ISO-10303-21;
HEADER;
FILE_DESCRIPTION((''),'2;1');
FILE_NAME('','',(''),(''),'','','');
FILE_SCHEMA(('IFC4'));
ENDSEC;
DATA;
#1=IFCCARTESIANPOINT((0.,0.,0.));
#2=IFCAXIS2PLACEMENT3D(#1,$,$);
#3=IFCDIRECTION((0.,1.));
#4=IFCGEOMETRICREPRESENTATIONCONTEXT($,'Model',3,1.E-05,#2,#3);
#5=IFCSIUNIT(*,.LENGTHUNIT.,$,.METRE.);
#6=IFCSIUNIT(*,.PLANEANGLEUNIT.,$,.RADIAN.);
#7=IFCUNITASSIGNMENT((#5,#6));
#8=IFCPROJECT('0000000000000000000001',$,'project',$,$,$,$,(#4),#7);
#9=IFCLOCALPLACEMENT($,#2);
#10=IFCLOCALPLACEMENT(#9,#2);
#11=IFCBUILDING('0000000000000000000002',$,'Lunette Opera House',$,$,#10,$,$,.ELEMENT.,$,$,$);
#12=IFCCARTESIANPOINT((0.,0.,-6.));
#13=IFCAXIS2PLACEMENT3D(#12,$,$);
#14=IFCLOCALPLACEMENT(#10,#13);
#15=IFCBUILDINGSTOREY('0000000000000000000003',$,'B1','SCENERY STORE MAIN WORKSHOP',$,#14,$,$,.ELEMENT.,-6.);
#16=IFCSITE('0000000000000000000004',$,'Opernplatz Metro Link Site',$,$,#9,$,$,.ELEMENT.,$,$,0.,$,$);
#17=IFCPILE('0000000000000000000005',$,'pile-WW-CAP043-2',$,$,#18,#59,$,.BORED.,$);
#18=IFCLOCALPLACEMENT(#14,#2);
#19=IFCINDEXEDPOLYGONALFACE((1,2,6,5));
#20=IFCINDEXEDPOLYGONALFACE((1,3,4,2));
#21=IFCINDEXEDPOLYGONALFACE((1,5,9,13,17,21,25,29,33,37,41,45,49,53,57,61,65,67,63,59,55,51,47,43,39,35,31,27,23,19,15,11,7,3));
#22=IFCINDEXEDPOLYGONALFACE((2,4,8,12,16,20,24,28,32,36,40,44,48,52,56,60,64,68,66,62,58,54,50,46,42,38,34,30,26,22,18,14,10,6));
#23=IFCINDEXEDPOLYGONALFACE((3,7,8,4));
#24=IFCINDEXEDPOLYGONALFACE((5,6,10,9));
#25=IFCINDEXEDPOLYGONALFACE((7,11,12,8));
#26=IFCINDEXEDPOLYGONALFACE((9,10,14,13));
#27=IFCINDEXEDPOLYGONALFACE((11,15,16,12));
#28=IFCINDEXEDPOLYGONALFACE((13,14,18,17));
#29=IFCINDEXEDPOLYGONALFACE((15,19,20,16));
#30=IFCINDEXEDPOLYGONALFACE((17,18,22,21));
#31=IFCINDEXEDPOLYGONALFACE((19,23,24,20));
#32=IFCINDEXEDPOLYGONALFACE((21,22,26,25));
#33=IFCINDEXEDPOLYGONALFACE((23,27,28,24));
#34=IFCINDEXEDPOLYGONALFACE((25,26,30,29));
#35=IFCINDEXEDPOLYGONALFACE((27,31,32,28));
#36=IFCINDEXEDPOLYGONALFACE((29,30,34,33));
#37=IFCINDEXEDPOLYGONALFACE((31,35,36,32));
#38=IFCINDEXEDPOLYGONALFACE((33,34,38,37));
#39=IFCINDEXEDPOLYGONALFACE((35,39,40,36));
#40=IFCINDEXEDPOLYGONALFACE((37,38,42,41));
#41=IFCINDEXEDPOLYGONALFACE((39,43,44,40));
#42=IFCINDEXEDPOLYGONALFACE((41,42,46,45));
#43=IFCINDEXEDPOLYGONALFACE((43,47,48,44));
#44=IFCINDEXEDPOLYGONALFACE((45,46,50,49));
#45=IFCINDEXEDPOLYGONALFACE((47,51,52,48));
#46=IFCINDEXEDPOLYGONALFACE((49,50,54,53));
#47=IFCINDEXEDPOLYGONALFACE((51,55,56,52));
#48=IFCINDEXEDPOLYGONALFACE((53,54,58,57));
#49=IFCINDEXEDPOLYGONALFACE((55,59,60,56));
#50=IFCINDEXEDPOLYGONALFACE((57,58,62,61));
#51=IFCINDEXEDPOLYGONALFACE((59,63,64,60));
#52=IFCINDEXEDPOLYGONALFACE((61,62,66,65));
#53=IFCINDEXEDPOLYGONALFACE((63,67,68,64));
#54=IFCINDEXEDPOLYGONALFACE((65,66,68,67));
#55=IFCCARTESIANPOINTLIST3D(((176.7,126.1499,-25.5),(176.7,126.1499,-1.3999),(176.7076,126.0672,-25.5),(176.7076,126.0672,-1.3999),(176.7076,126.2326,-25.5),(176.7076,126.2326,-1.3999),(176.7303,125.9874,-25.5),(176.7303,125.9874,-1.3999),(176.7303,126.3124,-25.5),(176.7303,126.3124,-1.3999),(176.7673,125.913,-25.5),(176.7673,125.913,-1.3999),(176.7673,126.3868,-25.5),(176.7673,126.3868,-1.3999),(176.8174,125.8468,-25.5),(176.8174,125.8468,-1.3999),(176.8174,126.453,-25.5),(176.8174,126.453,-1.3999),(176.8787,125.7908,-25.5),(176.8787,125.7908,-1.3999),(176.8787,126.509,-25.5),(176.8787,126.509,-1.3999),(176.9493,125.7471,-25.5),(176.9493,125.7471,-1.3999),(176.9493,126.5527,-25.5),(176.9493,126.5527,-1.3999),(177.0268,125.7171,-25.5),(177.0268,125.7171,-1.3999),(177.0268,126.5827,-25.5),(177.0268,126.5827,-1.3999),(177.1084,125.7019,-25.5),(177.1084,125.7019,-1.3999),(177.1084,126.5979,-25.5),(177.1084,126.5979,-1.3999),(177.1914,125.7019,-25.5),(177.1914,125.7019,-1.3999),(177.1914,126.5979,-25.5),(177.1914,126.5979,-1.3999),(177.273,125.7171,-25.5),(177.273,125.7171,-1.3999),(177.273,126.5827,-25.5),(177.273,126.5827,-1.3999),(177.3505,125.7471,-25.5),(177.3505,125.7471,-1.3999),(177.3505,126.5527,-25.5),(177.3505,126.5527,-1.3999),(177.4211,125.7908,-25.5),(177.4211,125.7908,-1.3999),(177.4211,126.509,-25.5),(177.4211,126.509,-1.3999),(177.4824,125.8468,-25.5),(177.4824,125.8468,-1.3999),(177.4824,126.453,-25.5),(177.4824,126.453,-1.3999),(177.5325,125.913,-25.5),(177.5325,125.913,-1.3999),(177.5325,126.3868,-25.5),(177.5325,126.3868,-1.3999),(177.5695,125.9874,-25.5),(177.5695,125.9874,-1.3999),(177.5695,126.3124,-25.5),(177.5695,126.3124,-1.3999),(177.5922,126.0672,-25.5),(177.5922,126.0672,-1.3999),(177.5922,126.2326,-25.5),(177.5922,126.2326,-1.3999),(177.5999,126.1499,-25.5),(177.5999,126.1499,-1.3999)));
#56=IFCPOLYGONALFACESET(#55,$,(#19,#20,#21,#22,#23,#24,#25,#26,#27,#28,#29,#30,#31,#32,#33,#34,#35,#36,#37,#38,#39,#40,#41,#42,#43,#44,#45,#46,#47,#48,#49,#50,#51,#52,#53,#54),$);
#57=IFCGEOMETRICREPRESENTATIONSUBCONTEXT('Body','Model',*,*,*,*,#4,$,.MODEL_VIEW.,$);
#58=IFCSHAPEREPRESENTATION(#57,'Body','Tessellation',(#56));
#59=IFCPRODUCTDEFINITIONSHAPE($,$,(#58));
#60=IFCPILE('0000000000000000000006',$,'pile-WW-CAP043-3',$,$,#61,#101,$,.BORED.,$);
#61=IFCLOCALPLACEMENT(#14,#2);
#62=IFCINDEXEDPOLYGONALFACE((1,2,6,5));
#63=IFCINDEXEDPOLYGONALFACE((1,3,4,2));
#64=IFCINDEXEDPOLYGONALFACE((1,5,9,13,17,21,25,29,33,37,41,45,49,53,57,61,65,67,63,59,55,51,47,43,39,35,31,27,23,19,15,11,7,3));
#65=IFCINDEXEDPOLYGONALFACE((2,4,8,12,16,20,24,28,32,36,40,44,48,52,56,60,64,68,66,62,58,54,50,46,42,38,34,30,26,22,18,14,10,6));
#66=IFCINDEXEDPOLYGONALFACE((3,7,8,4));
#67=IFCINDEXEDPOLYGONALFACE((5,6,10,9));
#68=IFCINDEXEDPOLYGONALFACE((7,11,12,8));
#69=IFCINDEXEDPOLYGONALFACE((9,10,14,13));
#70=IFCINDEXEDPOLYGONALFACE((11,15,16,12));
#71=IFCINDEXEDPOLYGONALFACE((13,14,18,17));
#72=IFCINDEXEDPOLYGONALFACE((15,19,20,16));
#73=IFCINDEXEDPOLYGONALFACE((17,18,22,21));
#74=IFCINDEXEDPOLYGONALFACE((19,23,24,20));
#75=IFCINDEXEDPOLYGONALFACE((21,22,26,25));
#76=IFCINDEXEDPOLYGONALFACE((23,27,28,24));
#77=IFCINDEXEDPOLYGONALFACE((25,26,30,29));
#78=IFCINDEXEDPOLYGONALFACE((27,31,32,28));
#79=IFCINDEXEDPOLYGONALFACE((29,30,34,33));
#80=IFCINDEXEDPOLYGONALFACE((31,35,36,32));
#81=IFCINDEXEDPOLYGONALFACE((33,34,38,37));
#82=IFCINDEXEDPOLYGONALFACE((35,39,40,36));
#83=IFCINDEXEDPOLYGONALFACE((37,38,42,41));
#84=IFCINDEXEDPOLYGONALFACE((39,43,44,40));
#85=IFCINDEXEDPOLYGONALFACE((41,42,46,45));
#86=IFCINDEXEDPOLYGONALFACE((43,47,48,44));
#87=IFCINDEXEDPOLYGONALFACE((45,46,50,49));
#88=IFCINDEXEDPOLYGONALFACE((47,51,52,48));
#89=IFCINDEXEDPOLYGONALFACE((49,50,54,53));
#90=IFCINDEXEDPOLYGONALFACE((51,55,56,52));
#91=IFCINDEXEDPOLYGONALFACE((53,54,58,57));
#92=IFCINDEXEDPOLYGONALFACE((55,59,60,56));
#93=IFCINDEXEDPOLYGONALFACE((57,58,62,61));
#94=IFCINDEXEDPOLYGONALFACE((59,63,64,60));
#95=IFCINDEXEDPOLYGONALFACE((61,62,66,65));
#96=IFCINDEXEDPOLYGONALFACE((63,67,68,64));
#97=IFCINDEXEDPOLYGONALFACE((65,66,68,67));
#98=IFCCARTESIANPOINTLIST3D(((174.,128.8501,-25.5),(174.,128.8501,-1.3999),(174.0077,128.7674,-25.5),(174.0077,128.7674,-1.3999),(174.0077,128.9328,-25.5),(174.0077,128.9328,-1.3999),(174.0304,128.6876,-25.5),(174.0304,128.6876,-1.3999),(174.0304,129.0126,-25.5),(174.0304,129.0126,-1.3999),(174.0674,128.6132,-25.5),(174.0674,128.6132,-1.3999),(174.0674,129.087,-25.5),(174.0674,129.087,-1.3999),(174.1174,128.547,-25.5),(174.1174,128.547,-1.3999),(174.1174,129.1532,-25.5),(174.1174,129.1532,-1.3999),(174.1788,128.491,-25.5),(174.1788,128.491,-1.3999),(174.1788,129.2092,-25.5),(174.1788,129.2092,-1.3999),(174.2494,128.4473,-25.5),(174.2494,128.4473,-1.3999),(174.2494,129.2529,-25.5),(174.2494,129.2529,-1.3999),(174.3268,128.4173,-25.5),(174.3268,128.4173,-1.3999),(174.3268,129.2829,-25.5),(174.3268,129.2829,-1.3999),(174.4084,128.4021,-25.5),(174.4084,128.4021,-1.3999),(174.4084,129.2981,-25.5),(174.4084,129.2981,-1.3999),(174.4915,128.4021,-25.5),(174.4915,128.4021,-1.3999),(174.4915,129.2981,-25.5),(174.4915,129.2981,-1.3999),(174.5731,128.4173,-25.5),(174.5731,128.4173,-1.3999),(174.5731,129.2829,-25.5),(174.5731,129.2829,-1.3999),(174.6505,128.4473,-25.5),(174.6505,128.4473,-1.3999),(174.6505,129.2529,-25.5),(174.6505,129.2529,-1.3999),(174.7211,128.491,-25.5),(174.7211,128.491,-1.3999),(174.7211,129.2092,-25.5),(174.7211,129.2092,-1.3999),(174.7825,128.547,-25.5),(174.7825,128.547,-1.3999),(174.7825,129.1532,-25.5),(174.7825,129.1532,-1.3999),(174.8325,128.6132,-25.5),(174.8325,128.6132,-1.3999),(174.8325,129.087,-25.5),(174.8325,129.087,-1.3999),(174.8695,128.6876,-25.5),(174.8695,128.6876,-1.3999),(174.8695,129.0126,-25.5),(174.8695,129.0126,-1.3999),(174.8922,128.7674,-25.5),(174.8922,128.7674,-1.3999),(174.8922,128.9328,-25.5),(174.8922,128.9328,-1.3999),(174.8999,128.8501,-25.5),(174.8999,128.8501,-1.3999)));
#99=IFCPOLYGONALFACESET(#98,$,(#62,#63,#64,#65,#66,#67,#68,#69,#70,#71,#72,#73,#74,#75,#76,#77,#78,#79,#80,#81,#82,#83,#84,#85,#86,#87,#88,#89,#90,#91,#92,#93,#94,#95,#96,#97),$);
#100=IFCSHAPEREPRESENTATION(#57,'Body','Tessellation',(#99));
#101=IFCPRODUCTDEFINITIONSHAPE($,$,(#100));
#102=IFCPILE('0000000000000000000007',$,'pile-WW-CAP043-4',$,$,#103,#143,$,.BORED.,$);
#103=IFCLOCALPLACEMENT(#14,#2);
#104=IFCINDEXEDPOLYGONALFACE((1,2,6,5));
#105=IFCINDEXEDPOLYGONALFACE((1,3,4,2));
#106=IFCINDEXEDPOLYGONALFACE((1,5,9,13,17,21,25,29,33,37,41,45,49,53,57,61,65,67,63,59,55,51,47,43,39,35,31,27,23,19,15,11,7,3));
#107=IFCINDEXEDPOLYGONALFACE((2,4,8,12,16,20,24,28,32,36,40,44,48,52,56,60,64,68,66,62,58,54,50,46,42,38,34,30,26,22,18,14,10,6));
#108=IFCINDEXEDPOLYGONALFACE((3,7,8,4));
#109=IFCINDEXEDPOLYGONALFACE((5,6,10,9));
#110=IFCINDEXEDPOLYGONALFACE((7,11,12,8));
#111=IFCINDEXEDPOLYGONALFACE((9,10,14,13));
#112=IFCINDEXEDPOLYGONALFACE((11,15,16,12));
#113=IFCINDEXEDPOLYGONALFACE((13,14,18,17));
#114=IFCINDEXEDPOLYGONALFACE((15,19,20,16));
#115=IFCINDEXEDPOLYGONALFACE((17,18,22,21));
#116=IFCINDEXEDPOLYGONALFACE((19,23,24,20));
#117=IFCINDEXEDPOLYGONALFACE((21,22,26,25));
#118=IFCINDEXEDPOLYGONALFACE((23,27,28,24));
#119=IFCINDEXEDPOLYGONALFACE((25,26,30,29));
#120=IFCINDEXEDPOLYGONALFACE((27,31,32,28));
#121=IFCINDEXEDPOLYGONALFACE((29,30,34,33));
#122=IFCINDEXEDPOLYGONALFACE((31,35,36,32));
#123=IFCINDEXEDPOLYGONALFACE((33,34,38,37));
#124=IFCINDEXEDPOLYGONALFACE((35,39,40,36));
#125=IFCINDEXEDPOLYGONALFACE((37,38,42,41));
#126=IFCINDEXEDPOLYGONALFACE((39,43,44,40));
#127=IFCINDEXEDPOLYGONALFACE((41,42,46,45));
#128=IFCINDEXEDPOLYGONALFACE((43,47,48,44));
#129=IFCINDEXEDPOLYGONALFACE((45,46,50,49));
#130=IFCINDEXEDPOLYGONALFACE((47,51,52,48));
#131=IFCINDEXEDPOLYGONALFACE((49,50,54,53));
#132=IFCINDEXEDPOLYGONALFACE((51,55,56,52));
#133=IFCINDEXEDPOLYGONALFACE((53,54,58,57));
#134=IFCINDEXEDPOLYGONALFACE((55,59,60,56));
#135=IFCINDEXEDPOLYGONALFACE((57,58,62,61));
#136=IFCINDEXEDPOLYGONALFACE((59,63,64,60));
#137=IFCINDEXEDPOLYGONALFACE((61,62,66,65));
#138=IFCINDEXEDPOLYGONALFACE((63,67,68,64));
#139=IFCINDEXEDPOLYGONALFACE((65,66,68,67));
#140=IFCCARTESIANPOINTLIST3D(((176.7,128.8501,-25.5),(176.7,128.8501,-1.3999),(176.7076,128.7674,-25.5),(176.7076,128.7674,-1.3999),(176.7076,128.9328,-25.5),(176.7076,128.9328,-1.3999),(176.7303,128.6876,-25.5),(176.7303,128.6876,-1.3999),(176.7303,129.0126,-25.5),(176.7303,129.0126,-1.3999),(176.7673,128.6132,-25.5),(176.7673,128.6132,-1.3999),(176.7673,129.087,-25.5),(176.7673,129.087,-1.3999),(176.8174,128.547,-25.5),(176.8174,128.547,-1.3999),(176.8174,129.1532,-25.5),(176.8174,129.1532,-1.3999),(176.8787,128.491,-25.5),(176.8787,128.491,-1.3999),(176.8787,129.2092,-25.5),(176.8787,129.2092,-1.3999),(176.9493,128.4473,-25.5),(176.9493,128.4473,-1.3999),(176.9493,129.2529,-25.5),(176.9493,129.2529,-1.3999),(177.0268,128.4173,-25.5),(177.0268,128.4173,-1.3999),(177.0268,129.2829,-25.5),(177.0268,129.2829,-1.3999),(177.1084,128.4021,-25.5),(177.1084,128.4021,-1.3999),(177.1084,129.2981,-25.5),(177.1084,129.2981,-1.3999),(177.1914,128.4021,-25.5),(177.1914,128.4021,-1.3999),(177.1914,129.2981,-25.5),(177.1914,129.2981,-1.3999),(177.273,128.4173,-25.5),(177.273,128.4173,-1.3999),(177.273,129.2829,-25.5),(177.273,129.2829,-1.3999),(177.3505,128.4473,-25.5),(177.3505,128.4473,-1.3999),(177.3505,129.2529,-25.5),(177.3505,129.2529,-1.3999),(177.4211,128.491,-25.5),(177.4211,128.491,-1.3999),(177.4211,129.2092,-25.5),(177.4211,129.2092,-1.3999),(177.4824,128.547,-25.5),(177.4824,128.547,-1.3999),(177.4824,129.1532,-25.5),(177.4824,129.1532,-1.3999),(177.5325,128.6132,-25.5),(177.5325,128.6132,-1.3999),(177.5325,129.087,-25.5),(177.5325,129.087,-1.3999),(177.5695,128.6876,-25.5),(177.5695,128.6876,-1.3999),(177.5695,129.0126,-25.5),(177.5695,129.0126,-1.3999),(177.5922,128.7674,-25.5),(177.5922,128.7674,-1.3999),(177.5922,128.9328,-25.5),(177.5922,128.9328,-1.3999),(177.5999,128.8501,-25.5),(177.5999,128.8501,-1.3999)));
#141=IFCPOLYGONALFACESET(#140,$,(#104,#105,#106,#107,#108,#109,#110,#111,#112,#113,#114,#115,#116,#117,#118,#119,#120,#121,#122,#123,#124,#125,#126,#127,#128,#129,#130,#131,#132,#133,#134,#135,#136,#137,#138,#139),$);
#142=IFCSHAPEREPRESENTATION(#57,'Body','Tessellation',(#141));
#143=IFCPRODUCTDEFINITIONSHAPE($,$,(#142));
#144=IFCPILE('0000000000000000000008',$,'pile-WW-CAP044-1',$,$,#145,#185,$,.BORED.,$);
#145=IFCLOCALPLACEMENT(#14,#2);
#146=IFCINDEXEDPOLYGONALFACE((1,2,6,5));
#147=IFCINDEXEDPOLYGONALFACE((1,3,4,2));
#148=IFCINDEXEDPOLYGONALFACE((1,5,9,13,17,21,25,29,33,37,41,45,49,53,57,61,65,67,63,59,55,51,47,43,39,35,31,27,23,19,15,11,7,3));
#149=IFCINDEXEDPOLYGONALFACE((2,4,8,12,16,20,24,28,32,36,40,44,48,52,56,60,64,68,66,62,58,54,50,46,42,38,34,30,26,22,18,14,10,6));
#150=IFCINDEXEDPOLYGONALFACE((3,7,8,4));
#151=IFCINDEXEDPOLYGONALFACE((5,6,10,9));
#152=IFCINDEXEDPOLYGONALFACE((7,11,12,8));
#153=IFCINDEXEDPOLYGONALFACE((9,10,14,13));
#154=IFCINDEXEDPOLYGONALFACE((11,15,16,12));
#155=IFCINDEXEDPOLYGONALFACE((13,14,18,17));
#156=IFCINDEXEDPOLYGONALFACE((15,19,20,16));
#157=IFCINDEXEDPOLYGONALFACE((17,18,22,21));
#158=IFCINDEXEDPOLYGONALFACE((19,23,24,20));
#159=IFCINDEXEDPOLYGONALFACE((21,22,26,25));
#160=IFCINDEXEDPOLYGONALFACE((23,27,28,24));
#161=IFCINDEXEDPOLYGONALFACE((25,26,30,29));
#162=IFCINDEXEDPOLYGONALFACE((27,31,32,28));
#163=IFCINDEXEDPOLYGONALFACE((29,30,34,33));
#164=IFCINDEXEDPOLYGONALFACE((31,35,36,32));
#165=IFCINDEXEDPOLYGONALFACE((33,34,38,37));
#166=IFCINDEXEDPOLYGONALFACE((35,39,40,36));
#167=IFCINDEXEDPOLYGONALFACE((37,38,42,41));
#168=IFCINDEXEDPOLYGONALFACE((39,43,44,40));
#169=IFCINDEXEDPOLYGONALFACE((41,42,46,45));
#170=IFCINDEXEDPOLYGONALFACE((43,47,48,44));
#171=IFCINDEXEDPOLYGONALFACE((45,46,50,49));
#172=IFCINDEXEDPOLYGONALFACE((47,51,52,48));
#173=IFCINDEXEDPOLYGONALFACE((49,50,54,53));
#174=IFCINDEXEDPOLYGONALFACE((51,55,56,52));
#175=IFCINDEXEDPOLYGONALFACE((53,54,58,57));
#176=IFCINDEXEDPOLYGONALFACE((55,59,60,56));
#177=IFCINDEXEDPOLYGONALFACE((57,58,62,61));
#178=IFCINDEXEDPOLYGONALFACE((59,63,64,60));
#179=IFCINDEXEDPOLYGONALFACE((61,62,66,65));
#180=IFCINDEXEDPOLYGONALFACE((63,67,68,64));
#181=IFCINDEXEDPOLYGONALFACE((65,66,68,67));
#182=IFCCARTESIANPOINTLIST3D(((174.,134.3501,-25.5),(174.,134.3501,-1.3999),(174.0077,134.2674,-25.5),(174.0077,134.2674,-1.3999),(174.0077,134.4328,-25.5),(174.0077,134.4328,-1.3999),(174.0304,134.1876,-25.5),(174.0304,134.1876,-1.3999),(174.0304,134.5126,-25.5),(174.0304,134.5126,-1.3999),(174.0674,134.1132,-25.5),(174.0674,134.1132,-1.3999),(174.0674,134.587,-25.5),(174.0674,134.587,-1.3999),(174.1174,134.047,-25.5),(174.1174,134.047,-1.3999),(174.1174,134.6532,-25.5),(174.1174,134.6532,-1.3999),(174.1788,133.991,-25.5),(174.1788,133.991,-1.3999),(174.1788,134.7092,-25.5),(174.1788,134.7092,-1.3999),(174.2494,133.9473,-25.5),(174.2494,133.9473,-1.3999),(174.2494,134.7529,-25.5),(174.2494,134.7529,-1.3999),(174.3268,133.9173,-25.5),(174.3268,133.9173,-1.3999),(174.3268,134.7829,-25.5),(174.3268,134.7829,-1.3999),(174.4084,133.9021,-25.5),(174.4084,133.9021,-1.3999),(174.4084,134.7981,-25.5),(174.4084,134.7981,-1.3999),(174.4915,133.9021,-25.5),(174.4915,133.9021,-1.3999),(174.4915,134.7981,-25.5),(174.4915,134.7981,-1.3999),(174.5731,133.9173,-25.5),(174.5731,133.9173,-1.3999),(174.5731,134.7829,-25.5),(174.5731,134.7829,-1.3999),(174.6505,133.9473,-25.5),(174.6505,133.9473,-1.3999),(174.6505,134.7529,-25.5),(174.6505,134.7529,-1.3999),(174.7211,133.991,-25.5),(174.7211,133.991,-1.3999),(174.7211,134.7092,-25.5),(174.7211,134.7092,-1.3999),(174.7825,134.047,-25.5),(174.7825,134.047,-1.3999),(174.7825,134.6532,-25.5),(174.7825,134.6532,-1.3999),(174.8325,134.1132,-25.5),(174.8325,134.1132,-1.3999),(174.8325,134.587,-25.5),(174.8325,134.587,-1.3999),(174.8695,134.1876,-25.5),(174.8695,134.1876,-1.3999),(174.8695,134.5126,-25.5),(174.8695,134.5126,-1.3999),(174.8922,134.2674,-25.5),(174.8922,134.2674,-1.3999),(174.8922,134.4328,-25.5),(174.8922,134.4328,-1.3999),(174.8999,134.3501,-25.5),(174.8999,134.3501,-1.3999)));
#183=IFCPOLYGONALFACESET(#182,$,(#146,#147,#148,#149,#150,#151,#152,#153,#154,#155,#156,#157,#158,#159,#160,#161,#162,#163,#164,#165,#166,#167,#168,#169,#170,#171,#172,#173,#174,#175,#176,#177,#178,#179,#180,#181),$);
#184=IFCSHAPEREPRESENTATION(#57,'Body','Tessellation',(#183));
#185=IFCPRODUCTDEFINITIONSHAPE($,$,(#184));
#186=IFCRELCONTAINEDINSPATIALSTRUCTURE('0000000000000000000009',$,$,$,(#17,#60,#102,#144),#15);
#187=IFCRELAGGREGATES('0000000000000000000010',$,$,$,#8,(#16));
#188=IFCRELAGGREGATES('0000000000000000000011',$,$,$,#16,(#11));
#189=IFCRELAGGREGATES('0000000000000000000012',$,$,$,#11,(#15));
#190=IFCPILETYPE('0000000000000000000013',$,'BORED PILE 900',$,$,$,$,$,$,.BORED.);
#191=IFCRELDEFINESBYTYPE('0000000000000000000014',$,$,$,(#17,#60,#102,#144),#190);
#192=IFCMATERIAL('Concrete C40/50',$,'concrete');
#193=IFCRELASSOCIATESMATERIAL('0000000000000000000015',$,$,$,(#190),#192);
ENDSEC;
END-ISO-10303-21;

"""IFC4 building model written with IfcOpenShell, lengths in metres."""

from ifc_helpers import new_model, si_unit, direction, frame, origin, origin_2d, place, context, subcontext, project, spatial, circle, extrude, material, material_profile, profile_set, type_object, element, save


model = new_model("IFC4")

# Units and contexts
model_context = context("Model", 3, precision=1e-05, world=origin(), true_north=direction((0.0, 1.0)))
body_context = subcontext(model_context, "Body", "Model", "MODEL_VIEW")
ifc_project = project(units=[si_unit("LENGTHUNIT", "METRE"), si_unit("PLANEANGLEUNIT", "RADIAN")], contexts=[model_context])

# Site, building, storey
site_placement = place(None, origin())
site = spatial("IfcSite", under=ifc_project, at=site_placement, Name="Opernplatz Metro Link Site", CompositionType="ELEMENT", RefElevation=0.0)
building_placement = place(site_placement, origin())
building = spatial("IfcBuilding", under=site, at=building_placement, Name="Lunette Opera House", CompositionType="ELEMENT")
storey_placement = place(building_placement, frame((0.0, 0.0, -6.0)))
storey = spatial("IfcBuildingStorey", under=building, at=storey_placement, Name="B1", Description="SCENERY STORE MAIN WORKSHOP", CompositionType="ELEMENT", Elevation=-6.0)

# Piles
ifc_material_1 = material(Name="Concrete C40/50", Category="concrete")
ifc_material_profile_1 = material_profile(ifc_material_1, circle(Radius=0.45, at=origin_2d()), Name="BORED PILE 900")
ifc_profile_set_1 = profile_set([ifc_material_profile_1], Name="Concrete C40/50")
pile_type = type_object("IfcPileType", Name="BORED PILE 900", PredefinedType="BORED", material=ifc_profile_set_1)
for number, where, z_axis, x_axis, name in (
    (1, (177.1499, 126.1499, -1.3999), (0.0, 0.0, -1.0), (1.0, 0.0, 0.0), "pile-WW-CAP043-2"),
    (2, (174.45, 128.8501, -1.3999), (0.0, 0.0, -1.0), (1.0, 0.0, 0.0), "pile-WW-CAP043-3"),
    (3, (177.1499, 128.8501, -1.3999), (0.0, 0.0, -1.0), (1.0, 0.0, 0.0), "pile-WW-CAP043-4"),
    (4, (174.45, 134.3501, -1.3999), (0.0, 0.0, -1.0), (1.0, 0.0, 0.0), "pile-WW-CAP044-1"),
):
    element("IfcPile", number, at=place(storey_placement, frame(where, z_axis=z_axis, x_axis=x_axis)), inside=storey, type_object=pile_type, Name=name, PredefinedType="BORED", context=body_context, shape_type="SweptSolid", body=[
        extrude(circle(Radius=0.45, at=origin_2d()), origin(), (0.0, 0.0, 1.0), 24.1001),
    ])

save(model, "model.ifc")
